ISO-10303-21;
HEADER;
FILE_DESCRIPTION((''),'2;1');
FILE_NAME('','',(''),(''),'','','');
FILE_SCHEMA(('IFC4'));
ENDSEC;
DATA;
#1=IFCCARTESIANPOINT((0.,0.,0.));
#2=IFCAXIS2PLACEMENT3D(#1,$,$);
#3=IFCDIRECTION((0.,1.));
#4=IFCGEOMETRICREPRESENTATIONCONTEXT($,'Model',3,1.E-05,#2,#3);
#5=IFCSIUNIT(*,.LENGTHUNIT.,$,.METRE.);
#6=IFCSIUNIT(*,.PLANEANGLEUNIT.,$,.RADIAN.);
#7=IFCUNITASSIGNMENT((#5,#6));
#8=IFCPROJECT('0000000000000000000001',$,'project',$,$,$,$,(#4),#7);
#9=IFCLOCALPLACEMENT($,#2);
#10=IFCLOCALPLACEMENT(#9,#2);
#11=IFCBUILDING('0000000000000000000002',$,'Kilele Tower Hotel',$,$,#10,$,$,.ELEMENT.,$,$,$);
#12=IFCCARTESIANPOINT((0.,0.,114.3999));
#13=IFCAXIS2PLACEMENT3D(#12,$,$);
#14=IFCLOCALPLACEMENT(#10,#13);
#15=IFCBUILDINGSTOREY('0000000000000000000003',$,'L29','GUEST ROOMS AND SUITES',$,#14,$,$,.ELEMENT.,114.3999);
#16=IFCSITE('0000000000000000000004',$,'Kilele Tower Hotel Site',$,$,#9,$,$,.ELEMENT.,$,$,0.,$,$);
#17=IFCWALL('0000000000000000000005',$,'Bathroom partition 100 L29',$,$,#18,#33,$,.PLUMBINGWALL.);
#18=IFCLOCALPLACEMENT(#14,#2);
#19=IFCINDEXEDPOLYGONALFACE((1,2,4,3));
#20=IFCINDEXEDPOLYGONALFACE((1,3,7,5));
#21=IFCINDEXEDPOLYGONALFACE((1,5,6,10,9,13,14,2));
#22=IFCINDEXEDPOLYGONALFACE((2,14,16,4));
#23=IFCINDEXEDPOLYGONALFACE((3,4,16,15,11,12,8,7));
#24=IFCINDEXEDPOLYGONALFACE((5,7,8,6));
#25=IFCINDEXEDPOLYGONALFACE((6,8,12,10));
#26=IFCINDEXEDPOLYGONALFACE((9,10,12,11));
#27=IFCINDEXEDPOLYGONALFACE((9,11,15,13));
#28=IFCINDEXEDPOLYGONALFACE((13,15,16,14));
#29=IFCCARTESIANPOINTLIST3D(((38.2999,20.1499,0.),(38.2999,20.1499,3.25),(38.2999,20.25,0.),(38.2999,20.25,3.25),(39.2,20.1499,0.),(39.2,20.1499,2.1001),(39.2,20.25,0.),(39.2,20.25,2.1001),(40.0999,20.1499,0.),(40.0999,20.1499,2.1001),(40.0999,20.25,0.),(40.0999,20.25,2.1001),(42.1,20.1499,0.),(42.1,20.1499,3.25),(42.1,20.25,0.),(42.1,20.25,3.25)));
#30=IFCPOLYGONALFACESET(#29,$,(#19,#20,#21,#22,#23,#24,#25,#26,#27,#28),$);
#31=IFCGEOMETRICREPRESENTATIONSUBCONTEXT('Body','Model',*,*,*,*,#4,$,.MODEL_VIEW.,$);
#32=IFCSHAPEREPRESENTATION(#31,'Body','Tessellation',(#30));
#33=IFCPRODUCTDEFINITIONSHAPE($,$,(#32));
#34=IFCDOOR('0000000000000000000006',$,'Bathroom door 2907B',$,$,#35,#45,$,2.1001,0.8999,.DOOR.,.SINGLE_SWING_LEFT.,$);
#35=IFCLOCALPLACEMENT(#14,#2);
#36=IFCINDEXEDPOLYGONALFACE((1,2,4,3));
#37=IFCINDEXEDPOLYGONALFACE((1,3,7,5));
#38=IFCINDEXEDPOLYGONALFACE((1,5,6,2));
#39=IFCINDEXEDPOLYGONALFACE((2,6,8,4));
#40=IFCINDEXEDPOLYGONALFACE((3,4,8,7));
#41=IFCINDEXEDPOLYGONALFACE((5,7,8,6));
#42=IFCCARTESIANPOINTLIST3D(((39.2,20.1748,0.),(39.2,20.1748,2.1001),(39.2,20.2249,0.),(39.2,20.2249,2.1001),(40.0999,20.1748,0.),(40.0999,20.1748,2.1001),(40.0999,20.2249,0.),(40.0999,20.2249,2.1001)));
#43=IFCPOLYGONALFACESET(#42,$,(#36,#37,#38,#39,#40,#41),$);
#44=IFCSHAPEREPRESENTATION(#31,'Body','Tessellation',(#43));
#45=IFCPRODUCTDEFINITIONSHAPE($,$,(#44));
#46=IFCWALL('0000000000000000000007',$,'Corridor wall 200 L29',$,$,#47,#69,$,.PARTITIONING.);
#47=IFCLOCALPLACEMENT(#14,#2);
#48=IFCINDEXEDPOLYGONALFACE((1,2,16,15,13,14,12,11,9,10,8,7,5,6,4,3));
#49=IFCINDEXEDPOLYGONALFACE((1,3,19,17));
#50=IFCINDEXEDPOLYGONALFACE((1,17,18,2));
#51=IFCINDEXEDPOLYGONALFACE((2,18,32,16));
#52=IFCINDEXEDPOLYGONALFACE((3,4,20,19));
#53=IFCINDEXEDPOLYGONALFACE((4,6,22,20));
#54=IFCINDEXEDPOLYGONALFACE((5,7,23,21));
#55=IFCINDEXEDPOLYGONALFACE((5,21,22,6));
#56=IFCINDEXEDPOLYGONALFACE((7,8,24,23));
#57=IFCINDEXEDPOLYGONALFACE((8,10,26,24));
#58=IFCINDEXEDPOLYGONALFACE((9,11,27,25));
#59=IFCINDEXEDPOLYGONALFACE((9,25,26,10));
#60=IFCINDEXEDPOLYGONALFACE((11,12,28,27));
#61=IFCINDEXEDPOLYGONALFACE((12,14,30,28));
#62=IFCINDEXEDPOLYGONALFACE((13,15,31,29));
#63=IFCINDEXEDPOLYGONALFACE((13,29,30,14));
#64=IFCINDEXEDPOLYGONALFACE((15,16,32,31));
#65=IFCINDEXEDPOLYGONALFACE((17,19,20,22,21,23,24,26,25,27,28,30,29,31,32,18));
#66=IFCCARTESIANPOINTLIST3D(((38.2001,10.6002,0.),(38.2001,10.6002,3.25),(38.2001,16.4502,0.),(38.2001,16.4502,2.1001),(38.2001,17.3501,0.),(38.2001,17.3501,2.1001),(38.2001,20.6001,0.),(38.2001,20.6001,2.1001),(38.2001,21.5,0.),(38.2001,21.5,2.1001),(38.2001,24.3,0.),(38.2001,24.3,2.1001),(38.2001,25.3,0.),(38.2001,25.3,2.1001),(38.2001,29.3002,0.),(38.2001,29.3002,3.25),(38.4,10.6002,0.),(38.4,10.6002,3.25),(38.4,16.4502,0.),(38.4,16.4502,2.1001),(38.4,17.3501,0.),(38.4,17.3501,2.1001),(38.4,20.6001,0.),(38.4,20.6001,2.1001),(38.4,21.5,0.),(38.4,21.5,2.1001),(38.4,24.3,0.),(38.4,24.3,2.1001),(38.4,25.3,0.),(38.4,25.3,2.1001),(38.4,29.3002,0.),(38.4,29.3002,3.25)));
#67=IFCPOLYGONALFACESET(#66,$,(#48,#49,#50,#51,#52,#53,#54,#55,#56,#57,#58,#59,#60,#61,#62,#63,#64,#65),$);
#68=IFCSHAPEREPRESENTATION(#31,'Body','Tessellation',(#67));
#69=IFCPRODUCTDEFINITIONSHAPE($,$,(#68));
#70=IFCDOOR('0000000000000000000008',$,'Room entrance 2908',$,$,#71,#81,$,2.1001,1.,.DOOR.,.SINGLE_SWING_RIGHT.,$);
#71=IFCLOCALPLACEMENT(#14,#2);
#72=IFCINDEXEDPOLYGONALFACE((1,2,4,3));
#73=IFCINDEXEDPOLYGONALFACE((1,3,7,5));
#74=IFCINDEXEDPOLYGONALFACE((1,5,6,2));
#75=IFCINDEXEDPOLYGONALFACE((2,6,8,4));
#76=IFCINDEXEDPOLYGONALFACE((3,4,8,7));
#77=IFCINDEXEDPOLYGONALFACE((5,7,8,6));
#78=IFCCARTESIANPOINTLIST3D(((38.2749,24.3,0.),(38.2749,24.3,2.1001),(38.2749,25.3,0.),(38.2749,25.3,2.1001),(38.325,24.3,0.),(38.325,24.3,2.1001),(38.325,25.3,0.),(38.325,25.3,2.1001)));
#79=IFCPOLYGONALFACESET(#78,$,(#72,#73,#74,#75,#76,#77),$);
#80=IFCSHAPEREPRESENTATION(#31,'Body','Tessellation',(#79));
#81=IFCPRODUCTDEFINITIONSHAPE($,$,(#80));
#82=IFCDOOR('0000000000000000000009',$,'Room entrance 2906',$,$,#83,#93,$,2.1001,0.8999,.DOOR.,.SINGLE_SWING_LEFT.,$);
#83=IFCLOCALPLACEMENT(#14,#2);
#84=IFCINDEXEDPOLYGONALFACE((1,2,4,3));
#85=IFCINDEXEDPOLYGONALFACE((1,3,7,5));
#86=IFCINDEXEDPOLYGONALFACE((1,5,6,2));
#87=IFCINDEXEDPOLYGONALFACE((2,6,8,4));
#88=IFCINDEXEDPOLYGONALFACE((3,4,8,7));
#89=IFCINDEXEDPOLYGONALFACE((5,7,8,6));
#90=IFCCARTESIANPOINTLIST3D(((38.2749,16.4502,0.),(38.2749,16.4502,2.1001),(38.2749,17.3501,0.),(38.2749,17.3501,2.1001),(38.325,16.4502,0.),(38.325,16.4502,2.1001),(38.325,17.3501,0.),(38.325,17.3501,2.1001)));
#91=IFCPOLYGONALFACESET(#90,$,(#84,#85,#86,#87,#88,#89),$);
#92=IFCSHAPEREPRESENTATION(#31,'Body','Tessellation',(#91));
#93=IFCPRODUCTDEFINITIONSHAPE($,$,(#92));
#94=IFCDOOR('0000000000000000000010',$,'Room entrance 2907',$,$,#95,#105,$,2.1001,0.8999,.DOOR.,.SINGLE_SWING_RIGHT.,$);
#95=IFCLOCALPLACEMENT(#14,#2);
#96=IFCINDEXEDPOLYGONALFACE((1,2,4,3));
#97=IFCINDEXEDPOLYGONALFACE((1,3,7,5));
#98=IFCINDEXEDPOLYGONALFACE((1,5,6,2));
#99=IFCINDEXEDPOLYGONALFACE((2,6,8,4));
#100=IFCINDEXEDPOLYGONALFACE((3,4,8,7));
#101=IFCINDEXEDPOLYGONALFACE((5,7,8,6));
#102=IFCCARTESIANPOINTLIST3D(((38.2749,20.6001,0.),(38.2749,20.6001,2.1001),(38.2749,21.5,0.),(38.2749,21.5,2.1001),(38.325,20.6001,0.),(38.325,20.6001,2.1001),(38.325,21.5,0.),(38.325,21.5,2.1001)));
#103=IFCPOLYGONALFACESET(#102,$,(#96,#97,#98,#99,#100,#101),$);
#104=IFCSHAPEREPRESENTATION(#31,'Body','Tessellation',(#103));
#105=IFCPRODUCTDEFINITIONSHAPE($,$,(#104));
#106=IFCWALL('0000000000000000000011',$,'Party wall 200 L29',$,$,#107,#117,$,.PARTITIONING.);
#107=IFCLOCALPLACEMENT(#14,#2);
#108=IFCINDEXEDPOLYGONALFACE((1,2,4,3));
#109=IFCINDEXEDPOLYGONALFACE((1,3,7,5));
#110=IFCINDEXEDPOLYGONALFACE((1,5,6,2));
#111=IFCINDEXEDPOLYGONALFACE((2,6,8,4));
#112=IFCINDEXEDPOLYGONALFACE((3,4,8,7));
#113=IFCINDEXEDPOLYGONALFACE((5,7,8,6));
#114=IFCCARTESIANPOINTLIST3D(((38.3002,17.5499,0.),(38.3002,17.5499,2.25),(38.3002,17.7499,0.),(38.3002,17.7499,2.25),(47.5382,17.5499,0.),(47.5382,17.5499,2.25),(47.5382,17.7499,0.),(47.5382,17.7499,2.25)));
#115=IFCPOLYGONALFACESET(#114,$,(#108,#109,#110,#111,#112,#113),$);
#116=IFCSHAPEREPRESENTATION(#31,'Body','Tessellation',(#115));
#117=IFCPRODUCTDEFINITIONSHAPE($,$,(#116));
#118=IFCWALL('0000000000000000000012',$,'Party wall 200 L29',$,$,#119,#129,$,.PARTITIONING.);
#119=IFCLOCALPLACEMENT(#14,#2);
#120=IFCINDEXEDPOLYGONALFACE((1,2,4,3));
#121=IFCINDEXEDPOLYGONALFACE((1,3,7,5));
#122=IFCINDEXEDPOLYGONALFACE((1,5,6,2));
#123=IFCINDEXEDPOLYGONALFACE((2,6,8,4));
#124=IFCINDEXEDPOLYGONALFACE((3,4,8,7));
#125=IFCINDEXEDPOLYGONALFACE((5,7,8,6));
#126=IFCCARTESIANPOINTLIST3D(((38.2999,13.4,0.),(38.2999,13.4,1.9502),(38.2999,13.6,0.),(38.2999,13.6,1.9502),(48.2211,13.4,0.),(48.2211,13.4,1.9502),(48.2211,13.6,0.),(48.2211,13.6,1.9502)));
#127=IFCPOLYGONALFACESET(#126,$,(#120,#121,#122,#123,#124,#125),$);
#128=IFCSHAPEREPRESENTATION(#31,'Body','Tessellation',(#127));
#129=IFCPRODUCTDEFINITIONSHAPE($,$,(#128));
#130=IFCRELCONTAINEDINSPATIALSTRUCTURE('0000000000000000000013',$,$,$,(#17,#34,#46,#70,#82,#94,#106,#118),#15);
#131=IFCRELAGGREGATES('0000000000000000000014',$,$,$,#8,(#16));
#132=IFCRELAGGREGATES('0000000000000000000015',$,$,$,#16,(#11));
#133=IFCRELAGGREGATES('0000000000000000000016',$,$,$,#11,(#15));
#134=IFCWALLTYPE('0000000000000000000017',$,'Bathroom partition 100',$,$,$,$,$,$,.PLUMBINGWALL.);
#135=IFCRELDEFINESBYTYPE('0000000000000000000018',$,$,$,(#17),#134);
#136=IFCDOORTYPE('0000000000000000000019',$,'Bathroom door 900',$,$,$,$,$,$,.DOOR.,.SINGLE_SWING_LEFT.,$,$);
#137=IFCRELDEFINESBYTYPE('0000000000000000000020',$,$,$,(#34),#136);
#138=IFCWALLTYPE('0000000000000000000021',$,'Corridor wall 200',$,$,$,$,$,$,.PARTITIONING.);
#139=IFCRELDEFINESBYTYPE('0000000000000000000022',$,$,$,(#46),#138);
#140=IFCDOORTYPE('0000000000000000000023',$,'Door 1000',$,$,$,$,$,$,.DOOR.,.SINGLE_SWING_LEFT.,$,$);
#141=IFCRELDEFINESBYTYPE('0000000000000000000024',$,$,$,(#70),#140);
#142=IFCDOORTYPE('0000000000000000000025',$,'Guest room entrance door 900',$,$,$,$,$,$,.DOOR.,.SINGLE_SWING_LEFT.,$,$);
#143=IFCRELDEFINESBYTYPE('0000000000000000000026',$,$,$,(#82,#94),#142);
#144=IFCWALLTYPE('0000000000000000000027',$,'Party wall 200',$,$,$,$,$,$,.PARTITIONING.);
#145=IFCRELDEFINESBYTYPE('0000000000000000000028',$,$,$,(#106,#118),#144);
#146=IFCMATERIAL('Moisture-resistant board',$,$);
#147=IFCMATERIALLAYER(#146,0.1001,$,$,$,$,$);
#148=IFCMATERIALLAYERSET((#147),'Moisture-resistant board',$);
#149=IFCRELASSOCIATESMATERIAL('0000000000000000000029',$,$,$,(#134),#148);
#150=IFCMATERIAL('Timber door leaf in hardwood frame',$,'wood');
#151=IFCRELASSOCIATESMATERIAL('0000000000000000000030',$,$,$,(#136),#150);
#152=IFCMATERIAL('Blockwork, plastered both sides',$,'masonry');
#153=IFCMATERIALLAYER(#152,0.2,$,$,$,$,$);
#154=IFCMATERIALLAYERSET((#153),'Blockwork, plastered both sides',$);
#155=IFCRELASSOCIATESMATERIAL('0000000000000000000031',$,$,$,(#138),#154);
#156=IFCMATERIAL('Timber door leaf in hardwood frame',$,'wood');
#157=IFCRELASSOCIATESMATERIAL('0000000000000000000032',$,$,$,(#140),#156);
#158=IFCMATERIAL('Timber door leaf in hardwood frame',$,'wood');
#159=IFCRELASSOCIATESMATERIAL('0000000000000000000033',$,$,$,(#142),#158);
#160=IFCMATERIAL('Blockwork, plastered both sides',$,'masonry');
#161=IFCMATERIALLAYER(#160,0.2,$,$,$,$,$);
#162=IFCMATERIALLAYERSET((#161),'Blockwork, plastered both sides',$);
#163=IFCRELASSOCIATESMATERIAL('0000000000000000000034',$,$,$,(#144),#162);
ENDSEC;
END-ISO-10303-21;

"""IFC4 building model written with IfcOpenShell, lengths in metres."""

from ifc_helpers import new_model, si_unit, direction, frame, frame_2d, origin, place, context, subcontext, project, spatial, rectangle, extrude, material, layer, layer_set, type_object, element, fill, save


model = new_model("IFC4")

# Units and contexts
model_context = context("Model", 3, precision=1e-05, world=origin(), true_north=direction((0.0, 1.0)))
body_context = subcontext(model_context, "Body", "Model", "MODEL_VIEW")
ifc_project = project(units=[si_unit("LENGTHUNIT", "METRE"), si_unit("PLANEANGLEUNIT", "RADIAN")], contexts=[model_context])

# Site, building, storey
site_placement = place(None, origin())
site = spatial("IfcSite", under=ifc_project, at=site_placement, Name="Kilele Tower Hotel Site", CompositionType="ELEMENT", RefElevation=0.0)
building_placement = place(site_placement, origin())
building = spatial("IfcBuilding", under=site, at=building_placement, Name="Kilele Tower Hotel", CompositionType="ELEMENT")
storey_placement = place(building_placement, frame((0.0, 0.0, 114.3999)))
storey = spatial("IfcBuildingStorey", under=building, at=storey_placement, Name="L29", Description="GUEST ROOMS AND SUITES", CompositionType="ELEMENT", Elevation=114.3999)

# Shared definitions
ifc_material_1 = material(Name="Moisture-resistant board")
ifc_layer_1 = layer(ifc_material_1, 0.1001)
ifc_layer_set_1 = layer_set([ifc_layer_1], Name="Moisture-resistant board")
wall_type_1 = type_object("IfcWallType", Name="Bathroom partition 100", PredefinedType="PLUMBINGWALL", material=ifc_layer_set_1)

# Shared definitions
ifc_material_2 = material(Name="Timber door leaf in hardwood frame", Category="wood")
door_type_1 = type_object("IfcDoorType", Name="Bathroom door 900", OperationType="SINGLE_SWING_LEFT", PredefinedType="DOOR", material=ifc_material_2)

# Wall, opening, door
wall_1_placement = place(storey_placement, frame((38.3, 20.2, 0.0), z_axis=(0.0, 0.0, 1.0), x_axis=(1.0, 0.0, 0.0)))
wall_1 = element("IfcWall", 1, at=wall_1_placement, inside=storey, type_object=wall_type_1, Name="Bathroom partition 100 L29", PredefinedType="PLUMBINGWALL", context=body_context, shape_type="SweptSolid", body=[
    extrude(rectangle(XDim=3.8, YDim=0.1001, at=frame_2d((1.8999, 0.0))), origin(), (0.0, 0.0, 1.0), 3.25),
])
opening_1_placement = place(wall_1_placement, frame((0.8999, 0.0, 0.0)))
opening_1 = element("IfcOpeningElement", 2, at=opening_1_placement, cuts=wall_1, PredefinedType="OPENING", context=body_context, shape_type="SweptSolid", body=[
    extrude(rectangle(XDim=0.8999, YDim=2.1001, at=frame_2d((0.45, 1.05))), frame((0.0, 0.0601, 0.0), z_axis=(0.0, -1.0, 0.0), x_axis=(1.0, 0.0, 0.0)), (0.0, 0.0, 1.0), 0.1201),
])
door_1_placement = place(opening_1_placement, origin())
door_1 = element("IfcDoor", 3, at=door_1_placement, inside=storey, type_object=door_type_1, Name="Bathroom door 2907B", OperationType="SINGLE_SWING_LEFT", OverallHeight=2.1001, OverallWidth=0.8999, PredefinedType="DOOR", context=body_context, shape_type="SweptSolid", body=[
    extrude(rectangle(XDim=0.8999, YDim=2.1001, at=frame_2d((0.45, 1.05))), frame((0.0, 0.0249, 0.0), z_axis=(0.0, -1.0, 0.0), x_axis=(1.0, 0.0, 0.0)), (0.0, 0.0, 1.0), 0.05),
])
fill(opening_1, door_1)

# Wall, openings, doors
ifc_material_3 = material(Name="Blockwork, plastered both sides", Category="masonry")
ifc_layer_2 = layer(ifc_material_3, 0.2)
ifc_layer_set_2 = layer_set([ifc_layer_2], Name="Blockwork, plastered both sides")
wall_type_2 = type_object("IfcWallType", Name="Corridor wall 200", PredefinedType="PARTITIONING", material=ifc_layer_set_2)
wall_2_placement = place(storey_placement, frame((38.3, 10.6001, 0.0), z_axis=(0.0, 0.0, 1.0), x_axis=(0.0, 1.0, 0.0)))
wall_2 = element("IfcWall", 4, at=wall_2_placement, inside=storey, type_object=wall_type_2, Name="Corridor wall 200 L29", PredefinedType="PARTITIONING", context=body_context, shape_type="SweptSolid", body=[
    extrude(rectangle(XDim=18.7, YDim=0.2, at=frame_2d((9.3501, 0.0))), origin(), (0.0, 0.0, 1.0), 3.25),
])
opening_2_placement = place(wall_2_placement, frame((6.75, 0.0, 0.0), z_axis=(0.0, 0.0, 1.0), x_axis=(-1.0, 0.0, 0.0)))
opening_2 = element("IfcOpeningElement", 5, at=opening_2_placement, cuts=wall_2, PredefinedType="OPENING", context=body_context, shape_type="SweptSolid", body=[
    extrude(rectangle(XDim=0.8999, YDim=2.1001, at=frame_2d((0.45, 1.05))), frame((0.0, 0.1099, 0.0), z_axis=(0.0, -1.0, 0.0), x_axis=(1.0, 0.0, 0.0)), (0.0, 0.0, 1.0), 0.22),
])
opening_3_placement = place(wall_2_placement, frame((10.8999, 0.0, 0.0), z_axis=(0.0, 0.0, 1.0), x_axis=(-1.0, 0.0, 0.0)))
opening_3 = element("IfcOpeningElement", 6, at=opening_3_placement, cuts=wall_2, PredefinedType="OPENING", context=body_context, shape_type="SweptSolid", body=[
    extrude(rectangle(XDim=0.8999, YDim=2.1001, at=frame_2d((0.45, 1.05))), frame((0.0, 0.1099, 0.0), z_axis=(0.0, -1.0, 0.0), x_axis=(1.0, 0.0, 0.0)), (0.0, 0.0, 1.0), 0.22),
])
opening_4_placement = place(wall_2_placement, frame((14.7, 0.0, 0.0), z_axis=(0.0, 0.0, 1.0), x_axis=(-1.0, 0.0, 0.0)))
opening_4 = element("IfcOpeningElement", 7, at=opening_4_placement, cuts=wall_2, PredefinedType="OPENING", context=body_context, shape_type="SweptSolid", body=[
    extrude(rectangle(XDim=1.0, YDim=2.1001, at=frame_2d((0.5, 1.05))), frame((0.0, 0.1099, 0.0), z_axis=(0.0, -1.0, 0.0), x_axis=(1.0, 0.0, 0.0)), (0.0, 0.0, 1.0), 0.22),
])
ifc_material_4 = material(Name="Timber door leaf in hardwood frame", Category="wood")
door_type_2 = type_object("IfcDoorType", Name="Door 1000", OperationType="SINGLE_SWING_LEFT", PredefinedType="DOOR", material=ifc_material_4)
door_2_placement = place(opening_4_placement, origin())
door_2 = element("IfcDoor", 8, at=door_2_placement, inside=storey, type_object=door_type_2, Name="Room entrance 2908", OperationType="SINGLE_SWING_RIGHT", OverallHeight=2.1001, OverallWidth=1.0, PredefinedType="DOOR", context=body_context, shape_type="SweptSolid", body=[
    extrude(rectangle(XDim=1.0, YDim=2.1001, at=frame_2d((0.5, 1.05))), frame((0.0, 0.0249, 0.0), z_axis=(0.0, -1.0, 0.0), x_axis=(1.0, 0.0, 0.0)), (0.0, 0.0, 1.0), 0.05),
])
fill(opening_4, door_2)
ifc_material_5 = material(Name="Timber door leaf in hardwood frame", Category="wood")
door_type_3 = type_object("IfcDoorType", Name="Guest room entrance door 900", OperationType="SINGLE_SWING_LEFT", PredefinedType="DOOR", material=ifc_material_5)
door_3_placement = place(opening_2_placement, origin())
door_3 = element("IfcDoor", 9, at=door_3_placement, inside=storey, type_object=door_type_3, Name="Room entrance 2906", OperationType="SINGLE_SWING_LEFT", OverallHeight=2.1001, OverallWidth=0.8999, PredefinedType="DOOR", context=body_context, shape_type="SweptSolid", body=[
    extrude(rectangle(XDim=0.8999, YDim=2.1001, at=frame_2d((0.45, 1.05))), frame((0.0, 0.0249, 0.0), z_axis=(0.0, -1.0, 0.0), x_axis=(1.0, 0.0, 0.0)), (0.0, 0.0, 1.0), 0.05),
])
fill(opening_2, door_3)
door_4_placement = place(opening_3_placement, origin())
door_4 = element("IfcDoor", 10, at=door_4_placement, inside=storey, type_object=door_type_3, Name="Room entrance 2907", OperationType="SINGLE_SWING_RIGHT", OverallHeight=2.1001, OverallWidth=0.8999, PredefinedType="DOOR", context=body_context, shape_type="SweptSolid", body=[
    extrude(rectangle(XDim=0.8999, YDim=2.1001, at=frame_2d((0.45, 1.05))), frame((0.0, 0.0249, 0.0), z_axis=(0.0, -1.0, 0.0), x_axis=(1.0, 0.0, 0.0)), (0.0, 0.0, 1.0), 0.05),
])
fill(opening_3, door_4)

# Walls
ifc_material_6 = material(Name="Blockwork, plastered both sides", Category="masonry")
ifc_layer_3 = layer(ifc_material_6, 0.2)
ifc_layer_set_3 = layer_set([ifc_layer_3], Name="Blockwork, plastered both sides")
wall_type_3 = type_object("IfcWallType", Name="Party wall 200", PredefinedType="PARTITIONING", material=ifc_layer_set_3)
wall_3_placement = place(storey_placement, frame((38.3, 17.6499, 0.0), z_axis=(0.0, 0.0, 1.0), x_axis=(1.0, 0.0, 0.0)))
element("IfcWall", 11, at=wall_3_placement, inside=storey, type_object=wall_type_3, Name="Party wall 200 L29", PredefinedType="PARTITIONING", context=body_context, shape_type="SweptSolid", body=[
    extrude(rectangle(XDim=9.238, YDim=0.2, at=frame_2d((4.6191, 0.0))), origin(), (0.0, 0.0, 1.0), 2.25),
])
wall_4_placement = place(storey_placement, frame((38.3, 13.5, 0.0), z_axis=(0.0, 0.0, 1.0), x_axis=(1.0, 0.0, 0.0)))
element("IfcWall", 12, at=wall_4_placement, inside=storey, type_object=wall_type_3, Name="Party wall 200 L29", PredefinedType="PARTITIONING", context=body_context, shape_type="SweptSolid", body=[
    extrude(rectangle(XDim=9.9211, YDim=0.2, at=frame_2d((4.9604, 0.0))), origin(), (0.0, 0.0, 1.0), 1.9502),
])

save(model, "model.ifc")
